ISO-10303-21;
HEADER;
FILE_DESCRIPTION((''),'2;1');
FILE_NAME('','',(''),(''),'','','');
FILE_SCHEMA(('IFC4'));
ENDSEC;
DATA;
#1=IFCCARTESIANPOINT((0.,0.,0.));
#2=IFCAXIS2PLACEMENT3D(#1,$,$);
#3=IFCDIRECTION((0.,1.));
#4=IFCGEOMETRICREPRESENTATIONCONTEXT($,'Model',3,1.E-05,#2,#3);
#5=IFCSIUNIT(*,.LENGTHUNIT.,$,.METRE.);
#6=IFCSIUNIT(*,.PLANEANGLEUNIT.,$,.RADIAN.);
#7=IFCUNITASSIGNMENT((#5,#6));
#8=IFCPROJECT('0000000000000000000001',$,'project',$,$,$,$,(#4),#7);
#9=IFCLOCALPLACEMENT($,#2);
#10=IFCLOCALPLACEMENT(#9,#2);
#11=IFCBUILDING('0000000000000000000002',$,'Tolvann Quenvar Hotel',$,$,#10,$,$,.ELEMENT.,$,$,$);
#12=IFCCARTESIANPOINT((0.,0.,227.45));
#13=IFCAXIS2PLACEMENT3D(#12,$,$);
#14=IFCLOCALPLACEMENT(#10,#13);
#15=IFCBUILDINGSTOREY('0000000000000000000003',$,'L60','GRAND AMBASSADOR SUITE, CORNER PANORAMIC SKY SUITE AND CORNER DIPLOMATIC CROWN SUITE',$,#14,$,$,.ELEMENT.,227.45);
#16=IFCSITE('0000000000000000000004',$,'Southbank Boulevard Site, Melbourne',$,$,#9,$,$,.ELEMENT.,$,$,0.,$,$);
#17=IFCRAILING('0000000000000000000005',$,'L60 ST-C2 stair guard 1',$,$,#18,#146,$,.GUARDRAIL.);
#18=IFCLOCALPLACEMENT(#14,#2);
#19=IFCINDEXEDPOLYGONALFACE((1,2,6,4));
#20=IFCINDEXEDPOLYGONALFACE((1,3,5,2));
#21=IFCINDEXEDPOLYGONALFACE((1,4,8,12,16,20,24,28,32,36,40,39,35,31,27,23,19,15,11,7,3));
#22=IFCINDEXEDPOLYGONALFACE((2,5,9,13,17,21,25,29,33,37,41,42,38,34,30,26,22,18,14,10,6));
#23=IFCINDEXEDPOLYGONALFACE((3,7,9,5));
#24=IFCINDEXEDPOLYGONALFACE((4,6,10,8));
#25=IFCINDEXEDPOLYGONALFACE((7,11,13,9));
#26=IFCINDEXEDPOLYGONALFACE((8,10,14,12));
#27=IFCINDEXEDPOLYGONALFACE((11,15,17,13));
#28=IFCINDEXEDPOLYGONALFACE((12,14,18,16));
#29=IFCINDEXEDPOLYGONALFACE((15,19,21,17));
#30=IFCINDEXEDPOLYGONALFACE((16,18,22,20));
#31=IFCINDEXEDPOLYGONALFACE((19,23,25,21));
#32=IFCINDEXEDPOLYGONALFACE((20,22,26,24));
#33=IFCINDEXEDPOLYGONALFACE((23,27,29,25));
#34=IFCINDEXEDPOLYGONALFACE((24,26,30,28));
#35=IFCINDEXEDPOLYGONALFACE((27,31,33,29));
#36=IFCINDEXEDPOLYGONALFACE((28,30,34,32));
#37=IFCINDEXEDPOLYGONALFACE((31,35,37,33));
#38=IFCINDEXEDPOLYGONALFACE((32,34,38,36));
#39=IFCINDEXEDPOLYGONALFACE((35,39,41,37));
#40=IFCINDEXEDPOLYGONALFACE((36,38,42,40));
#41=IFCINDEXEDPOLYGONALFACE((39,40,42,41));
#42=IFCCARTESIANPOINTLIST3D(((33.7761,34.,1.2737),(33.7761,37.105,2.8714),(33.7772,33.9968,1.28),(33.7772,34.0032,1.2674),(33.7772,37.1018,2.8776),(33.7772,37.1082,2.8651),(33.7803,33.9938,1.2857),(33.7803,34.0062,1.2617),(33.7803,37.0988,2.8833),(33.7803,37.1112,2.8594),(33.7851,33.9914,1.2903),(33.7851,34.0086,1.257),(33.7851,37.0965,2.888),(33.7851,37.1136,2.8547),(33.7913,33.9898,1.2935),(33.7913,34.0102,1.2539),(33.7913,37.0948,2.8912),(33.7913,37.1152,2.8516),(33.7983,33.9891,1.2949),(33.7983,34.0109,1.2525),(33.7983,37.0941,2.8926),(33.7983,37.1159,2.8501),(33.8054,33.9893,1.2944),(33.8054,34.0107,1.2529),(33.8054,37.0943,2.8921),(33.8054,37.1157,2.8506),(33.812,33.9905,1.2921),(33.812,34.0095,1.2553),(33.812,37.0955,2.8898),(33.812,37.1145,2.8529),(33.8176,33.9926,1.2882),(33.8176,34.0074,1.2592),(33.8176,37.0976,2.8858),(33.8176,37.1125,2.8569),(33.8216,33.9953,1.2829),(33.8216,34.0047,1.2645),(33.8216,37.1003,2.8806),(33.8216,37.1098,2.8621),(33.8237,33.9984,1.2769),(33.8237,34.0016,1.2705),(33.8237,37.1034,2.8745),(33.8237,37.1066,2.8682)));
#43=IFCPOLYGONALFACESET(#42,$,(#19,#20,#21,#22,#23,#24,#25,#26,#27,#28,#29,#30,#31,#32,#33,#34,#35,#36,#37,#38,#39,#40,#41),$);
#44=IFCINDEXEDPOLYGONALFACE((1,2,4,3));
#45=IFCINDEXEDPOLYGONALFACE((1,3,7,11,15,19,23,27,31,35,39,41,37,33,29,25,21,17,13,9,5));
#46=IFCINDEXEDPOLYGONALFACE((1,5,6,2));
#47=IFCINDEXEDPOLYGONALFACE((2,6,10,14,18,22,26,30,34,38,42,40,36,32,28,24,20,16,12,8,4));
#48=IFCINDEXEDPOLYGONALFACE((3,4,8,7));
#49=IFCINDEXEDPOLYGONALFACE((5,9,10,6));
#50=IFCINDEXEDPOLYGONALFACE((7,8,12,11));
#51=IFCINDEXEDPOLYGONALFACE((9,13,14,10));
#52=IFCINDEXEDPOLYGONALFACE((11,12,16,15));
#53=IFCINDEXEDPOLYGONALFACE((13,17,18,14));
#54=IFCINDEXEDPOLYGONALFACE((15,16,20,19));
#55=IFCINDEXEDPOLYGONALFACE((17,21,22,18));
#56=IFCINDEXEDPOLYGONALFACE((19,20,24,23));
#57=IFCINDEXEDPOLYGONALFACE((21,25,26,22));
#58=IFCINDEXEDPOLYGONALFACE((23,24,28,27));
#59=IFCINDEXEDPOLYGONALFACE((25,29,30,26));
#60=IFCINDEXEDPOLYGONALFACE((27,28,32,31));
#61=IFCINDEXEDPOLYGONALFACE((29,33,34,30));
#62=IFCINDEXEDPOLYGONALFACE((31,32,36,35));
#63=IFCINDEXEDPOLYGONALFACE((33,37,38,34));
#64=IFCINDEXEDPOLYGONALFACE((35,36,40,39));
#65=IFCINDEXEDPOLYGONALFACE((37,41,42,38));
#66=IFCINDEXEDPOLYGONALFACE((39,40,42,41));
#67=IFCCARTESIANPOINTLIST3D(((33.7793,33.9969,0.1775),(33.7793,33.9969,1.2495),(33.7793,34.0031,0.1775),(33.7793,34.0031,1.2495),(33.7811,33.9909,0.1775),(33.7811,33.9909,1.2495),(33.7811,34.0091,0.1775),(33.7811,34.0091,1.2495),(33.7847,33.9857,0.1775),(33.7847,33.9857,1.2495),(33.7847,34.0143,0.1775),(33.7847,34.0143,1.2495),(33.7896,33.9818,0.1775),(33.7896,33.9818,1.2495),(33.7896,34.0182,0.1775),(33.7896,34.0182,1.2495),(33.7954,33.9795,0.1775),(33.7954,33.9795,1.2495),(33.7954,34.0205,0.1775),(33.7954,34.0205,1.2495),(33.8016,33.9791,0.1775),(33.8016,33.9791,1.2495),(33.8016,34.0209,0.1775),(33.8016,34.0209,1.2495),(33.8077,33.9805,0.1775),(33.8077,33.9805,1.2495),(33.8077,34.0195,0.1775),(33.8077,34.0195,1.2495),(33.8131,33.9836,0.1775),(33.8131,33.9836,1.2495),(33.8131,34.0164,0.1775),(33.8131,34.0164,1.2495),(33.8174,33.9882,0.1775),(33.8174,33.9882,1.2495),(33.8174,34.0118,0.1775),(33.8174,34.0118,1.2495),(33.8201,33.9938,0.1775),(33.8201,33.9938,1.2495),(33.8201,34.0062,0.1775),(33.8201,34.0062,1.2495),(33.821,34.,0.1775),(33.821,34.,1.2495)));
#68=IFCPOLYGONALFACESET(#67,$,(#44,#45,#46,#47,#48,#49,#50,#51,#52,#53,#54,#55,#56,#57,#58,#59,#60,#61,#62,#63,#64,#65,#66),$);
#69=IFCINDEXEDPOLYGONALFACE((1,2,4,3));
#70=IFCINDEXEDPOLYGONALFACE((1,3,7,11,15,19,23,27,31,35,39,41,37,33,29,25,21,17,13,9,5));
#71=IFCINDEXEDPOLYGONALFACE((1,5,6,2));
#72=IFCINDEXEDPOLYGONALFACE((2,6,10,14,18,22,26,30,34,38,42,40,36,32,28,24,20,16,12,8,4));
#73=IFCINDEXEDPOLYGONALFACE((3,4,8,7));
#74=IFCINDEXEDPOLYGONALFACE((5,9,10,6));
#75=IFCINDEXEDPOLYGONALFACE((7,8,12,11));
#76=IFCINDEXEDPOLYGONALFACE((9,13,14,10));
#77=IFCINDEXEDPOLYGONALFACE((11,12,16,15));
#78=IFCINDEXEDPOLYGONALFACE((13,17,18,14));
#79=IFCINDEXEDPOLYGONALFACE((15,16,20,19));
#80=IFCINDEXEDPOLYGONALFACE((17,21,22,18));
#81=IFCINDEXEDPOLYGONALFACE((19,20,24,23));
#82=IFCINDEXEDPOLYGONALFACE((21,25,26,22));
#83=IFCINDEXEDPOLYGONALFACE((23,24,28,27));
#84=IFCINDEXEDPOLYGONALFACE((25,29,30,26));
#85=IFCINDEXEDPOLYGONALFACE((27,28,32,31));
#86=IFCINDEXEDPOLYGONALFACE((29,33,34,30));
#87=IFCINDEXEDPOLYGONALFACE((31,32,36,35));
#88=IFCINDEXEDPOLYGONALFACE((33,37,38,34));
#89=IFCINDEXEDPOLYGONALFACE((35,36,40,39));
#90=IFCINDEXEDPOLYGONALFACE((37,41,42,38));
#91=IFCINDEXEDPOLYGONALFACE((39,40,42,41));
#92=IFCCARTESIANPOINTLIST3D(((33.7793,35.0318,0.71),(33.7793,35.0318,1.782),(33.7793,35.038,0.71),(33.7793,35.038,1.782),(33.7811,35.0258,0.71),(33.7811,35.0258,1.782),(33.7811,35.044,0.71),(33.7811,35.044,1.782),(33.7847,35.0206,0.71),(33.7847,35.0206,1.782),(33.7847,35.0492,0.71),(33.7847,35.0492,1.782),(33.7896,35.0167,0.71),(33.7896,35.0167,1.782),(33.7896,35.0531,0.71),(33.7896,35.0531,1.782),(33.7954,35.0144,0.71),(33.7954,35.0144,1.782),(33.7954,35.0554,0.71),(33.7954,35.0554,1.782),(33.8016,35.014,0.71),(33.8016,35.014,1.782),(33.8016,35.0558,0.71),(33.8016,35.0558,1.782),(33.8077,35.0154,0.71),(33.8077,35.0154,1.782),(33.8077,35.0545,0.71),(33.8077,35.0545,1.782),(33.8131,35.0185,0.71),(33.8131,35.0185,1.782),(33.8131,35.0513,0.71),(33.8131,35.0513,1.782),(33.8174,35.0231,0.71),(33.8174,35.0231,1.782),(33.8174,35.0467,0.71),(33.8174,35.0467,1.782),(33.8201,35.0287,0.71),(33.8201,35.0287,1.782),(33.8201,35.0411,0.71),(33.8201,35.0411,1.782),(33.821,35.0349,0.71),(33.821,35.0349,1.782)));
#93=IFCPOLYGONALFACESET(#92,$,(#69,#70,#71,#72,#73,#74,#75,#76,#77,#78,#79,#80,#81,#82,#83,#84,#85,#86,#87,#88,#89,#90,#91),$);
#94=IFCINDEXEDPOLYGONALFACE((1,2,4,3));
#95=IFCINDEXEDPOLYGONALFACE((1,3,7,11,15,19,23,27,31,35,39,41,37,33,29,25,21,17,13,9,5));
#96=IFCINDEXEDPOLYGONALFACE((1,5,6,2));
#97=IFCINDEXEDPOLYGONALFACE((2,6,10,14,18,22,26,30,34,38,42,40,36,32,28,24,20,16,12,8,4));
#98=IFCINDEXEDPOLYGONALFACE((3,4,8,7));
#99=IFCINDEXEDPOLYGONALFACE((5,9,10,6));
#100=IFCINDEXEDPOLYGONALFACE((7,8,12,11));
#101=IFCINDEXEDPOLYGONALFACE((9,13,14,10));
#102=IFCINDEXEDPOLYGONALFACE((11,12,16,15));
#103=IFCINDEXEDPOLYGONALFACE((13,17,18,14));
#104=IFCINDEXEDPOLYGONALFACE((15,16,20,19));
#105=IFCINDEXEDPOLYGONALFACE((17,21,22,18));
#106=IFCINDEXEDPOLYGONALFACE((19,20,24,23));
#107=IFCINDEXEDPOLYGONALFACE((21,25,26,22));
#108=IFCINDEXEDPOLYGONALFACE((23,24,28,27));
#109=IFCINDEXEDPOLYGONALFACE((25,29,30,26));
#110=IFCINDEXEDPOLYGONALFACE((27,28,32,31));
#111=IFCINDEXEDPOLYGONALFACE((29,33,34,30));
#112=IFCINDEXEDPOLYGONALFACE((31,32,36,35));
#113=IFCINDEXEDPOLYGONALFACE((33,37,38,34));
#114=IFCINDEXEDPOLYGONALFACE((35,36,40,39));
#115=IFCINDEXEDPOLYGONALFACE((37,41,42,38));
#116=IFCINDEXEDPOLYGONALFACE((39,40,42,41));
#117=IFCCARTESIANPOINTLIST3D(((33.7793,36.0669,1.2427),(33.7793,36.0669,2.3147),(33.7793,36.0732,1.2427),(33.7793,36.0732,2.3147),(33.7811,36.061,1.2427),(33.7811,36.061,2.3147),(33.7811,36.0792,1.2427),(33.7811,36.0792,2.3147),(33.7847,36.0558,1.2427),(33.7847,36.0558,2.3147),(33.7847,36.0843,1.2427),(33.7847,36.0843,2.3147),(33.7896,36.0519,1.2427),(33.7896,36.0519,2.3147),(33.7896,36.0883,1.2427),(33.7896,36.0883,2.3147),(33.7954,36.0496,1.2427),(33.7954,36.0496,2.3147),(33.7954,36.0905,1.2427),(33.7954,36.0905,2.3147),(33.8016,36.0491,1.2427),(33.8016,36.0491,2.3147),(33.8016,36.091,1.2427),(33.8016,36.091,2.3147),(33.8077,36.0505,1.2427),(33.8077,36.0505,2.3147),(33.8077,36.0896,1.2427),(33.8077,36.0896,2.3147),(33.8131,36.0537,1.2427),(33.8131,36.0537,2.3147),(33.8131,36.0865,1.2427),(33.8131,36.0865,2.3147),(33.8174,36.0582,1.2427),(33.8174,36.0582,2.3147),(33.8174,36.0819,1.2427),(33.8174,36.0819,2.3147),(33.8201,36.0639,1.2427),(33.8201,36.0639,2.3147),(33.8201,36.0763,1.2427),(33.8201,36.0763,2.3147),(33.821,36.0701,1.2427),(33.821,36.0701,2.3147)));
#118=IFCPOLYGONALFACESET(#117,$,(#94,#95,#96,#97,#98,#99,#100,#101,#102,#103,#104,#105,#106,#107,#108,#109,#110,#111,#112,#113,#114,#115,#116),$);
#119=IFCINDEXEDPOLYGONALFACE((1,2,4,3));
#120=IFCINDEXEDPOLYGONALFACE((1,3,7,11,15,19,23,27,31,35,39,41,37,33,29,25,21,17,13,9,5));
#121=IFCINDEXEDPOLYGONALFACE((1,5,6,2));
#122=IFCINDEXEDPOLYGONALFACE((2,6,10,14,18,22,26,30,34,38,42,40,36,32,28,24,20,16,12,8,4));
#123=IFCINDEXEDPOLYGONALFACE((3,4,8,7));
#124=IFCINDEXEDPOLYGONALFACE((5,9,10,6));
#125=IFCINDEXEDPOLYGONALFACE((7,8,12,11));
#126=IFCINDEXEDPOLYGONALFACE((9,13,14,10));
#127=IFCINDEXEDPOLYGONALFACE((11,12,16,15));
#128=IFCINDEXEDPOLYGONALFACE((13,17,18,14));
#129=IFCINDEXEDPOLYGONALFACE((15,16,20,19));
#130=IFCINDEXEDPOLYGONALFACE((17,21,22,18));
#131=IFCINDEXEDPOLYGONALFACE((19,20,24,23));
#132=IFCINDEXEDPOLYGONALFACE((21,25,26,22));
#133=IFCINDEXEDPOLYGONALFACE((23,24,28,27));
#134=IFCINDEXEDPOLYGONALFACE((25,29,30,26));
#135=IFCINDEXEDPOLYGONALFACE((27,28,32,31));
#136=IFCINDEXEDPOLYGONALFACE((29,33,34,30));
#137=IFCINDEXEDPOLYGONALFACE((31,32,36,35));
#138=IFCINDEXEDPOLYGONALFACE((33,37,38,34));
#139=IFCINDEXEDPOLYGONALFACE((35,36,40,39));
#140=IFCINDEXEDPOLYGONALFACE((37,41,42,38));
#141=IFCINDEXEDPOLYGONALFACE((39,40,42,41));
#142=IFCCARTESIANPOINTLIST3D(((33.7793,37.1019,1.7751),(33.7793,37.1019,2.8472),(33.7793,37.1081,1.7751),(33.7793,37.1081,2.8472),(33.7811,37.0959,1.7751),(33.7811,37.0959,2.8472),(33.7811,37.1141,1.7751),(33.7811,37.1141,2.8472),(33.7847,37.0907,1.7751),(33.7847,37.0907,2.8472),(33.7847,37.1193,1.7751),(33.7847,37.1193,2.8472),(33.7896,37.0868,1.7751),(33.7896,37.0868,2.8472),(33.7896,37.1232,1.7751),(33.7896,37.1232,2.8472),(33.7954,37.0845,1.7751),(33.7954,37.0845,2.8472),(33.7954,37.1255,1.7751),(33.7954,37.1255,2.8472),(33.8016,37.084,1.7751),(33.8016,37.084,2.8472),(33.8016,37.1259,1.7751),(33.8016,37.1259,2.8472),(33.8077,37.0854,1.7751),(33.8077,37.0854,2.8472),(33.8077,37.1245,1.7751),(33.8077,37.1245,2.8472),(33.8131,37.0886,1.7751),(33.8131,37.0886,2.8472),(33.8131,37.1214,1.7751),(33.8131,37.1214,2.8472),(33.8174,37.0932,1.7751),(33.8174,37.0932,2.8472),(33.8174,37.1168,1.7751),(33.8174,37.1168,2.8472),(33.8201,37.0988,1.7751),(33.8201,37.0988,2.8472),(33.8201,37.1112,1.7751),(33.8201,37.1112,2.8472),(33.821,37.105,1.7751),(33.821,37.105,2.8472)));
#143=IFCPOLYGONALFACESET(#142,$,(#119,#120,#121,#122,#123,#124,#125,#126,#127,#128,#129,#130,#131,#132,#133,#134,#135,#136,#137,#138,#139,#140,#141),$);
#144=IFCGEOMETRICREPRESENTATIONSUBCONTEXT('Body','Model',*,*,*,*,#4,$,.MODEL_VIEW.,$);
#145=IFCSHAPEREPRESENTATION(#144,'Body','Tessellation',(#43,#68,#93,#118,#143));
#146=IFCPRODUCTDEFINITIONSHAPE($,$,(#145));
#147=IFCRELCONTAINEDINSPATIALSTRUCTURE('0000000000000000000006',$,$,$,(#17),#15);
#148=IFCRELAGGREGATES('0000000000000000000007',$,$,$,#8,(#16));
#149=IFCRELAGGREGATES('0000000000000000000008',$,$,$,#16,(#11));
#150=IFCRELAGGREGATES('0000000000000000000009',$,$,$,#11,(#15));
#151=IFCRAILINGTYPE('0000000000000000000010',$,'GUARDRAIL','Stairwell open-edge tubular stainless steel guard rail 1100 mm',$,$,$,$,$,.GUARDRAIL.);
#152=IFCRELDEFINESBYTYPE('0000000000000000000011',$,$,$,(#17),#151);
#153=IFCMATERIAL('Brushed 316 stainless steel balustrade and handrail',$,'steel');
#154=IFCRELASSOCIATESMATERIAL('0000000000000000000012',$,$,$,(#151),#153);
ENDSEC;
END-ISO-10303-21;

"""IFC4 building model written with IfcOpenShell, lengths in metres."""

from ifc_helpers import new_model, si_unit, direction, frame, origin, origin_2d, place, context, subcontext, project, spatial, circle, extrude, material, type_object, element, save


model = new_model("IFC4")

# Units and contexts
model_context = context("Model", 3, precision=1e-05, world=origin(), true_north=direction((0.0, 1.0)))
body_context = subcontext(model_context, "Body", "Model", "MODEL_VIEW")
ifc_project = project(units=[si_unit("LENGTHUNIT", "METRE"), si_unit("PLANEANGLEUNIT", "RADIAN")], contexts=[model_context])

# Site, building, storey
site_placement = place(None, origin())
site = spatial("IfcSite", under=ifc_project, at=site_placement, Name="Southbank Boulevard Site, Melbourne", CompositionType="ELEMENT", RefElevation=0.0)
building_placement = place(site_placement, origin())
building = spatial("IfcBuilding", under=site, at=building_placement, Name="Tolvann Quenvar Hotel", CompositionType="ELEMENT")
storey_placement = place(building_placement, frame((0.0, 0.0, 227.45)))
storey = spatial("IfcBuildingStorey", under=building, at=storey_placement, Name="L60", Description="GRAND AMBASSADOR SUITE, CORNER PANORAMIC SKY SUITE AND CORNER DIPLOMATIC CROWN SUITE", CompositionType="ELEMENT", Elevation=227.45)

# Railing
ifc_material_1 = material(Name="Brushed 316 stainless steel balustrade and handrail", Category="steel")
railing_type_1 = type_object("IfcRailingType", Name="GUARDRAIL", Description="Stairwell open-edge tubular stainless steel guard rail 1100 mm", PredefinedType="GUARDRAIL", material=ifc_material_1)
railing_1_placement = place(storey_placement, frame((33.8, 34.0, 0.1775)))
element("IfcRailing", 1, at=railing_1_placement, inside=storey, type_object=railing_type_1, Name="L60 ST-C2 stair guard 1", PredefinedType="GUARDRAIL", context=body_context, shape_type="SweptSolid", body=[
    extrude(circle(Radius=0.0239, at=origin_2d()), frame((0.0, 0.0, 1.0962), z_axis=(0.0, 0.889194, 0.457531), x_axis=(-1.0, 0.0, 0.0)), (0.0, 0.0, 1.0), 3.4919),
    extrude(circle(Radius=0.021, at=origin_2d()), origin(), (0.0, 0.0, 1.0), 1.072),
    extrude(circle(Radius=0.021, at=origin_2d()), frame((0.0, 1.0349, 0.5325)), (0.0, 0.0, 1.0), 1.072),
    extrude(circle(Radius=0.021, at=origin_2d()), frame((0.0, 2.0701, 1.0652)), (0.0, 0.0, 1.0), 1.072),
    extrude(circle(Radius=0.021, at=origin_2d()), frame((0.0, 3.105, 1.5977)), (0.0, 0.0, 1.0), 1.072),
])

save(model, "model.ifc")
